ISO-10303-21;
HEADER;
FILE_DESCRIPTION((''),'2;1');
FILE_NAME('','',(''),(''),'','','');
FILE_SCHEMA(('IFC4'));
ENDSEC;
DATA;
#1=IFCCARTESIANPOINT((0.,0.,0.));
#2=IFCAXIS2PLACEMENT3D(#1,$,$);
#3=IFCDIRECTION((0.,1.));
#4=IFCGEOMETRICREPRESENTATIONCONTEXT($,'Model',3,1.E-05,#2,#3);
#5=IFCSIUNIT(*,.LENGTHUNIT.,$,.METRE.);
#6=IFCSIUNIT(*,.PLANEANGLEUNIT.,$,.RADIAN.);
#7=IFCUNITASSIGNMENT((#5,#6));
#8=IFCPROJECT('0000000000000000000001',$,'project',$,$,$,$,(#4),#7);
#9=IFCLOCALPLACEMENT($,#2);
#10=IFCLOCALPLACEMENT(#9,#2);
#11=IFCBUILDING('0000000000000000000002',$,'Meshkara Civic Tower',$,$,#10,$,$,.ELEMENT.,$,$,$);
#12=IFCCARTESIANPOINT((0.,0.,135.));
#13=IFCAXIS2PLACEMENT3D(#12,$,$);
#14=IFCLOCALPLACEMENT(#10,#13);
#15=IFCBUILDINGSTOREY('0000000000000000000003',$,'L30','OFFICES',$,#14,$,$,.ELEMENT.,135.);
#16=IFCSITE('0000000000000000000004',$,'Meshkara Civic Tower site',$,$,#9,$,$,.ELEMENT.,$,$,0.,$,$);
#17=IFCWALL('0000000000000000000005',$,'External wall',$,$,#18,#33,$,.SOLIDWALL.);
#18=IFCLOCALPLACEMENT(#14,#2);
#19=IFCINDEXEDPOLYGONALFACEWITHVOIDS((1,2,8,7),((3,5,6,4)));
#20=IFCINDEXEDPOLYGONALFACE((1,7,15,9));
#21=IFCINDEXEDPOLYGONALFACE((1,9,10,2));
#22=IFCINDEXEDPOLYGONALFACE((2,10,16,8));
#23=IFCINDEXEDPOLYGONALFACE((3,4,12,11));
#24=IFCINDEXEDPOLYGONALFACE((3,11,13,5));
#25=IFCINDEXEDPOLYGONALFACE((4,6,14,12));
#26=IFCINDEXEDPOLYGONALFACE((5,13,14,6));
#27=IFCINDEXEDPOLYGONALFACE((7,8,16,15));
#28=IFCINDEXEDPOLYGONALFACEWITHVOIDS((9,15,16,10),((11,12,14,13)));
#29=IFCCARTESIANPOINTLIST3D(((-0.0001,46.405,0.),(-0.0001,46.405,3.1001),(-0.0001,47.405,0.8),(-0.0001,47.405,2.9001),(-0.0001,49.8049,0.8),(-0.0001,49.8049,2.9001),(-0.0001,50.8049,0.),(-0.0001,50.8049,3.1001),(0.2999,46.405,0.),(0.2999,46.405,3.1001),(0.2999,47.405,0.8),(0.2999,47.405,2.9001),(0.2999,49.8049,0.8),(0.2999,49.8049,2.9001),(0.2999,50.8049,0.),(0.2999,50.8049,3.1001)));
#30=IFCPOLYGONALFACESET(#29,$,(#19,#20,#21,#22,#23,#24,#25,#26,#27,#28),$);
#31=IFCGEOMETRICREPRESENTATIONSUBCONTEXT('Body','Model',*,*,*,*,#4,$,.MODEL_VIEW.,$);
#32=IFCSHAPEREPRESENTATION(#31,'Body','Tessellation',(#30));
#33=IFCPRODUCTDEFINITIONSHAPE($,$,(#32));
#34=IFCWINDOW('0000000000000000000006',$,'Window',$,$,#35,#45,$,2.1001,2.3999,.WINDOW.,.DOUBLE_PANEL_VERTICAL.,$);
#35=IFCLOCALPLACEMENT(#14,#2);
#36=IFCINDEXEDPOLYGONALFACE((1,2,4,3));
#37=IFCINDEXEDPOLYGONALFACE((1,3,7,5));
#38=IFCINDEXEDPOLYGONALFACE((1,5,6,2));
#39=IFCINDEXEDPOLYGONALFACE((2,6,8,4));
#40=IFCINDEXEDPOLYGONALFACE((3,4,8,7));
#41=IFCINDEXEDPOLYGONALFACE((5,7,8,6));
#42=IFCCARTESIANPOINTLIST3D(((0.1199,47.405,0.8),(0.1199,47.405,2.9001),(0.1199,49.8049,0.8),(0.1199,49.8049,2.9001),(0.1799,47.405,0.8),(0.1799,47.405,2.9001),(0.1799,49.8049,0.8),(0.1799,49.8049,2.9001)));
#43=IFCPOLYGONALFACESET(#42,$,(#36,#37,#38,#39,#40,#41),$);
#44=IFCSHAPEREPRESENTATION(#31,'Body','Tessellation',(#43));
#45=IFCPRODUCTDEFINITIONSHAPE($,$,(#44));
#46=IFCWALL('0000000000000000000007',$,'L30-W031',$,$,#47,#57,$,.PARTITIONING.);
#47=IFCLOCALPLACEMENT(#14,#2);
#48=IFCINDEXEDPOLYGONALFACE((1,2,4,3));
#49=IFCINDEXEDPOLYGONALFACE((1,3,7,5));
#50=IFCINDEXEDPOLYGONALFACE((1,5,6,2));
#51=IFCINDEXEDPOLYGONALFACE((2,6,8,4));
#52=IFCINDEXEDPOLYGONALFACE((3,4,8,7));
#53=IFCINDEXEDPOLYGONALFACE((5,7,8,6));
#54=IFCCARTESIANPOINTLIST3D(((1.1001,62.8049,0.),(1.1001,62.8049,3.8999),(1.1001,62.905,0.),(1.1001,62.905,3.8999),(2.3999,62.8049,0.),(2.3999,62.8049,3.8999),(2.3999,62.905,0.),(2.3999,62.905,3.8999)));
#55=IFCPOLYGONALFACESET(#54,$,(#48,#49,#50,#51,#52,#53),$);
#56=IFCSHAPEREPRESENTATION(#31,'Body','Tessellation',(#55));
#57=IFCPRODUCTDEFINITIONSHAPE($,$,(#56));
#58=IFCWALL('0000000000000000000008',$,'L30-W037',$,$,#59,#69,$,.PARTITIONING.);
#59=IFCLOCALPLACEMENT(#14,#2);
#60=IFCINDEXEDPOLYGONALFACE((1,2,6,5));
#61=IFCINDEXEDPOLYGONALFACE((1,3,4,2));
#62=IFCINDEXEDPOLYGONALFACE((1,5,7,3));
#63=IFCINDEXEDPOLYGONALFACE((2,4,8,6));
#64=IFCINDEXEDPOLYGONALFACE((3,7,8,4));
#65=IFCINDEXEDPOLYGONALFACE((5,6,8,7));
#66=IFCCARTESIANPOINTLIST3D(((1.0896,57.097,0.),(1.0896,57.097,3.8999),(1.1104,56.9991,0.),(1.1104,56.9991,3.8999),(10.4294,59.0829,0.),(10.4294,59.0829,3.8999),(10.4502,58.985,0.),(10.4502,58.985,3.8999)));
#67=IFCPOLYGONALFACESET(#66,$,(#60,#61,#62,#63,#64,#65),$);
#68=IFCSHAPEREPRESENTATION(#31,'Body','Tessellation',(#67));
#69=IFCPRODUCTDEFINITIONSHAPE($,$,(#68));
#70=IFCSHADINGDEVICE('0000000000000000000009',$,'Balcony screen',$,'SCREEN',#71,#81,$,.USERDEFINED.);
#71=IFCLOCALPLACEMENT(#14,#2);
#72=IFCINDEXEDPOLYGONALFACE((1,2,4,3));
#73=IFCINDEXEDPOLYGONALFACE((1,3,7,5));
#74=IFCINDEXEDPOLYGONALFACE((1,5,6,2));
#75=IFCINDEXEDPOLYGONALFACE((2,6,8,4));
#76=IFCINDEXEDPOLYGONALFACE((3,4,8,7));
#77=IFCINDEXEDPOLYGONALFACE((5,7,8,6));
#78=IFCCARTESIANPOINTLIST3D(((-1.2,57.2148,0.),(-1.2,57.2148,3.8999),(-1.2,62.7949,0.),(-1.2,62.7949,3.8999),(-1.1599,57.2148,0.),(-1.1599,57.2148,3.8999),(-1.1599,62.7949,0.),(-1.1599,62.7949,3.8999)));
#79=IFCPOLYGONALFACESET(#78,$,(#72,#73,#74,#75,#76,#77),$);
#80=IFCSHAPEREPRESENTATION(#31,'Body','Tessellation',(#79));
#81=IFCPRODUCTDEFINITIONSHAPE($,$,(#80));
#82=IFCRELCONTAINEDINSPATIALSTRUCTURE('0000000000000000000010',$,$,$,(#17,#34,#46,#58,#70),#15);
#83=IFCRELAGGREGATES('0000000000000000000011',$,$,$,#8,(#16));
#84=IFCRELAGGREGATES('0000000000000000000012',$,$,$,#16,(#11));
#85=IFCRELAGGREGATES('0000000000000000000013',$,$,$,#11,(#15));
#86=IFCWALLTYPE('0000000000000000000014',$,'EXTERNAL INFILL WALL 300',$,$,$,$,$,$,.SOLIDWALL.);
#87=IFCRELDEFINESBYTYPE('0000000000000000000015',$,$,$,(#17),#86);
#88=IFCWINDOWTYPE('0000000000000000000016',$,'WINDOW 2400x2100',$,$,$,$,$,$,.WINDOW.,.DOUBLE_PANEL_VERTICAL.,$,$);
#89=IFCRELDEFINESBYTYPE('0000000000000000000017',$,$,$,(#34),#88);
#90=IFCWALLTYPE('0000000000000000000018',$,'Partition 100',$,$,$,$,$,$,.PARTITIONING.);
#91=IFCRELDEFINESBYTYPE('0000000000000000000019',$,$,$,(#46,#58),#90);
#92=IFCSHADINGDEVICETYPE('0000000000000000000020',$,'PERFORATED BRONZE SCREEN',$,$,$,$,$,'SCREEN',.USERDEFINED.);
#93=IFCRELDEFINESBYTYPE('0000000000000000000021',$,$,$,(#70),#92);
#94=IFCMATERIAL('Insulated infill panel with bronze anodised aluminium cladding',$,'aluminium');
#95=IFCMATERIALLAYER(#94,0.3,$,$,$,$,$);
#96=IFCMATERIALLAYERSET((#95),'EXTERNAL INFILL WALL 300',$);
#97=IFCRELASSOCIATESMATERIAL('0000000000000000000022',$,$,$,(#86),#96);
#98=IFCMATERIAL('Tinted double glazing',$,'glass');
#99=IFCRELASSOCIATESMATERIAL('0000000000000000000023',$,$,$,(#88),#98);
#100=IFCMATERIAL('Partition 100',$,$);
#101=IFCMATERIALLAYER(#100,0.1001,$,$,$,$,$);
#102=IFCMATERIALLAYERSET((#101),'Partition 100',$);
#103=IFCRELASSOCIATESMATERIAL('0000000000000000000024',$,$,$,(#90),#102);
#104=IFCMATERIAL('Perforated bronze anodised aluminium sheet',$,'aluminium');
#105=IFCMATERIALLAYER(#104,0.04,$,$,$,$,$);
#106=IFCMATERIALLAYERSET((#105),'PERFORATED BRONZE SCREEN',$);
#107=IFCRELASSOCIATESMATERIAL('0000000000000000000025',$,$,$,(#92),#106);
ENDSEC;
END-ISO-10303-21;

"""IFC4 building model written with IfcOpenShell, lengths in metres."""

from ifc_helpers import new_model, si_unit, direction, frame, frame_2d, origin, origin_2d, place, context, subcontext, project, spatial, rectangle, extrude, material, layer, layer_set, type_object, element, fill, save


model = new_model("IFC4")

# Units and contexts
model_context = context("Model", 3, precision=1e-05, world=origin(), true_north=direction((0.0, 1.0)))
body_context = subcontext(model_context, "Body", "Model", "MODEL_VIEW")
ifc_project = project(units=[si_unit("LENGTHUNIT", "METRE"), si_unit("PLANEANGLEUNIT", "RADIAN")], contexts=[model_context])

# Site, building, storey
site_placement = place(None, origin())
site = spatial("IfcSite", under=ifc_project, at=site_placement, Name="Meshkara Civic Tower site", CompositionType="ELEMENT", RefElevation=0.0)
building_placement = place(site_placement, origin())
building = spatial("IfcBuilding", under=site, at=building_placement, Name="Meshkara Civic Tower", CompositionType="ELEMENT")
storey_placement = place(building_placement, frame((0.0, 0.0, 135.0)))
storey = spatial("IfcBuildingStorey", under=building, at=storey_placement, Name="L30", Description="OFFICES", CompositionType="ELEMENT", Elevation=135.0)

# Wall, opening, window
ifc_material_1 = material(Name="Insulated infill panel with bronze anodised aluminium cladding", Category="aluminium")
ifc_layer_1 = layer(ifc_material_1, 0.3)
ifc_layer_set_1 = layer_set([ifc_layer_1], Name="EXTERNAL INFILL WALL 300")
wall_type_1 = type_object("IfcWallType", Name="EXTERNAL INFILL WALL 300", PredefinedType="SOLIDWALL", material=ifc_layer_set_1)
ifc_material_2 = material(Name="Tinted double glazing", Category="glass")
window_type = type_object("IfcWindowType", Name="WINDOW 2400x2100", PartitioningType="DOUBLE_PANEL_VERTICAL", PredefinedType="WINDOW", material=ifc_material_2)
wall_1_placement = place(storey_placement, frame((0.1499, 50.8049, 0.0), z_axis=(0.0, 0.0, 1.0), x_axis=(0.0, -1.0, 0.0)))
wall_1 = element("IfcWall", 1, at=wall_1_placement, inside=storey, type_object=wall_type_1, Name="External wall", PredefinedType="SOLIDWALL", context=body_context, shape_type="SweptSolid", body=[
    extrude(rectangle(XDim=4.3999, YDim=0.3, at=frame_2d((2.2, 0.0))), origin(), (0.0, 0.0, 1.0), 3.1001),
])
opening_1_placement = place(wall_1_placement, frame((1.0, 0.0, 0.8)))
opening_1 = element("IfcOpeningElement", 2, at=opening_1_placement, cuts=wall_1, PredefinedType="OPENING", context=body_context, shape_type="SweptSolid", body=[
    extrude(rectangle(XDim=2.3999, YDim=2.1001, at=frame_2d((1.2, 1.05))), frame((0.0, 0.1599, 0.0), z_axis=(0.0, -1.0, 0.0), x_axis=(1.0, 0.0, 0.0)), (0.0, 0.0, 1.0), 0.3201),
])
window_1_placement = place(opening_1_placement, origin())
window_1 = element("IfcWindow", 3, at=window_1_placement, inside=storey, type_object=window_type, Name="Window", OverallHeight=2.1001, OverallWidth=2.3999, PartitioningType="DOUBLE_PANEL_VERTICAL", PredefinedType="WINDOW", context=body_context, shape_type="SweptSolid", body=[
    extrude(rectangle(XDim=2.3999, YDim=2.1001, at=frame_2d((1.2, 1.05))), frame((0.0, 0.03, 0.0), z_axis=(0.0, -1.0, 0.0), x_axis=(1.0, 0.0, 0.0)), (0.0, 0.0, 1.0), 0.0601),
])
fill(opening_1, window_1)

# Walls
ifc_material_3 = material(Name="Partition 100")
ifc_layer_2 = layer(ifc_material_3, 0.1001)
ifc_layer_set_2 = layer_set([ifc_layer_2], Name="Partition 100")
wall_type_2 = type_object("IfcWallType", Name="Partition 100", PredefinedType="PARTITIONING", material=ifc_layer_set_2)
wall_2_placement = place(storey_placement, frame((2.3999, 62.855, 0.0), z_axis=(0.0, 0.0, 1.0), x_axis=(-1.0, 0.0, 0.0)))
element("IfcWall", 4, at=wall_2_placement, inside=storey, type_object=wall_type_2, Name="L30-W031", PredefinedType="PARTITIONING", context=body_context, shape_type="SweptSolid", body=[
    extrude(rectangle(XDim=1.2998, YDim=0.1001, at=frame_2d((0.6499, 0.0))), origin(), (0.0, 0.0, 1.0), 3.8999),
])
wall_3_placement = place(storey_placement, frame((10.4399, 59.0339, 0.0), z_axis=(0.0, 0.0, 1.0), x_axis=(-0.978135, -0.207971, 0.0)))
element("IfcWall", 5, at=wall_3_placement, inside=storey, type_object=wall_type_2, Name="L30-W037", PredefinedType="PARTITIONING", context=body_context, shape_type="SweptSolid", body=[
    extrude(rectangle(XDim=9.5486, YDim=0.1001, at=frame_2d((4.7744, 0.0))), origin(), (0.0, 0.0, 1.0), 3.8999),
])

# Shading device
ifc_material_4 = material(Name="Perforated bronze anodised aluminium sheet", Category="aluminium")
ifc_layer_3 = layer(ifc_material_4, 0.04)
ifc_layer_set_3 = layer_set([ifc_layer_3], Name="PERFORATED BRONZE SCREEN")
shading_device_type = type_object("IfcShadingDeviceType", Name="PERFORATED BRONZE SCREEN", ElementType="SCREEN", PredefinedType="USERDEFINED", material=ifc_layer_set_3)
shading_device_placement = place(storey_placement, frame((-1.1799, 60.0049, 0.0), z_axis=(0.0, 0.0, 1.0), x_axis=(0.0, -1.0, 0.0)))
element("IfcShadingDevice", 6, at=shading_device_placement, inside=storey, type_object=shading_device_type, Name="Balcony screen", ObjectType="SCREEN", PredefinedType="USERDEFINED", context=body_context, shape_type="SweptSolid", body=[
    extrude(rectangle(XDim=5.5801, YDim=0.04, at=origin_2d()), origin(), (0.0, 0.0, 1.0), 3.8999),
])

save(model, "model.ifc")
